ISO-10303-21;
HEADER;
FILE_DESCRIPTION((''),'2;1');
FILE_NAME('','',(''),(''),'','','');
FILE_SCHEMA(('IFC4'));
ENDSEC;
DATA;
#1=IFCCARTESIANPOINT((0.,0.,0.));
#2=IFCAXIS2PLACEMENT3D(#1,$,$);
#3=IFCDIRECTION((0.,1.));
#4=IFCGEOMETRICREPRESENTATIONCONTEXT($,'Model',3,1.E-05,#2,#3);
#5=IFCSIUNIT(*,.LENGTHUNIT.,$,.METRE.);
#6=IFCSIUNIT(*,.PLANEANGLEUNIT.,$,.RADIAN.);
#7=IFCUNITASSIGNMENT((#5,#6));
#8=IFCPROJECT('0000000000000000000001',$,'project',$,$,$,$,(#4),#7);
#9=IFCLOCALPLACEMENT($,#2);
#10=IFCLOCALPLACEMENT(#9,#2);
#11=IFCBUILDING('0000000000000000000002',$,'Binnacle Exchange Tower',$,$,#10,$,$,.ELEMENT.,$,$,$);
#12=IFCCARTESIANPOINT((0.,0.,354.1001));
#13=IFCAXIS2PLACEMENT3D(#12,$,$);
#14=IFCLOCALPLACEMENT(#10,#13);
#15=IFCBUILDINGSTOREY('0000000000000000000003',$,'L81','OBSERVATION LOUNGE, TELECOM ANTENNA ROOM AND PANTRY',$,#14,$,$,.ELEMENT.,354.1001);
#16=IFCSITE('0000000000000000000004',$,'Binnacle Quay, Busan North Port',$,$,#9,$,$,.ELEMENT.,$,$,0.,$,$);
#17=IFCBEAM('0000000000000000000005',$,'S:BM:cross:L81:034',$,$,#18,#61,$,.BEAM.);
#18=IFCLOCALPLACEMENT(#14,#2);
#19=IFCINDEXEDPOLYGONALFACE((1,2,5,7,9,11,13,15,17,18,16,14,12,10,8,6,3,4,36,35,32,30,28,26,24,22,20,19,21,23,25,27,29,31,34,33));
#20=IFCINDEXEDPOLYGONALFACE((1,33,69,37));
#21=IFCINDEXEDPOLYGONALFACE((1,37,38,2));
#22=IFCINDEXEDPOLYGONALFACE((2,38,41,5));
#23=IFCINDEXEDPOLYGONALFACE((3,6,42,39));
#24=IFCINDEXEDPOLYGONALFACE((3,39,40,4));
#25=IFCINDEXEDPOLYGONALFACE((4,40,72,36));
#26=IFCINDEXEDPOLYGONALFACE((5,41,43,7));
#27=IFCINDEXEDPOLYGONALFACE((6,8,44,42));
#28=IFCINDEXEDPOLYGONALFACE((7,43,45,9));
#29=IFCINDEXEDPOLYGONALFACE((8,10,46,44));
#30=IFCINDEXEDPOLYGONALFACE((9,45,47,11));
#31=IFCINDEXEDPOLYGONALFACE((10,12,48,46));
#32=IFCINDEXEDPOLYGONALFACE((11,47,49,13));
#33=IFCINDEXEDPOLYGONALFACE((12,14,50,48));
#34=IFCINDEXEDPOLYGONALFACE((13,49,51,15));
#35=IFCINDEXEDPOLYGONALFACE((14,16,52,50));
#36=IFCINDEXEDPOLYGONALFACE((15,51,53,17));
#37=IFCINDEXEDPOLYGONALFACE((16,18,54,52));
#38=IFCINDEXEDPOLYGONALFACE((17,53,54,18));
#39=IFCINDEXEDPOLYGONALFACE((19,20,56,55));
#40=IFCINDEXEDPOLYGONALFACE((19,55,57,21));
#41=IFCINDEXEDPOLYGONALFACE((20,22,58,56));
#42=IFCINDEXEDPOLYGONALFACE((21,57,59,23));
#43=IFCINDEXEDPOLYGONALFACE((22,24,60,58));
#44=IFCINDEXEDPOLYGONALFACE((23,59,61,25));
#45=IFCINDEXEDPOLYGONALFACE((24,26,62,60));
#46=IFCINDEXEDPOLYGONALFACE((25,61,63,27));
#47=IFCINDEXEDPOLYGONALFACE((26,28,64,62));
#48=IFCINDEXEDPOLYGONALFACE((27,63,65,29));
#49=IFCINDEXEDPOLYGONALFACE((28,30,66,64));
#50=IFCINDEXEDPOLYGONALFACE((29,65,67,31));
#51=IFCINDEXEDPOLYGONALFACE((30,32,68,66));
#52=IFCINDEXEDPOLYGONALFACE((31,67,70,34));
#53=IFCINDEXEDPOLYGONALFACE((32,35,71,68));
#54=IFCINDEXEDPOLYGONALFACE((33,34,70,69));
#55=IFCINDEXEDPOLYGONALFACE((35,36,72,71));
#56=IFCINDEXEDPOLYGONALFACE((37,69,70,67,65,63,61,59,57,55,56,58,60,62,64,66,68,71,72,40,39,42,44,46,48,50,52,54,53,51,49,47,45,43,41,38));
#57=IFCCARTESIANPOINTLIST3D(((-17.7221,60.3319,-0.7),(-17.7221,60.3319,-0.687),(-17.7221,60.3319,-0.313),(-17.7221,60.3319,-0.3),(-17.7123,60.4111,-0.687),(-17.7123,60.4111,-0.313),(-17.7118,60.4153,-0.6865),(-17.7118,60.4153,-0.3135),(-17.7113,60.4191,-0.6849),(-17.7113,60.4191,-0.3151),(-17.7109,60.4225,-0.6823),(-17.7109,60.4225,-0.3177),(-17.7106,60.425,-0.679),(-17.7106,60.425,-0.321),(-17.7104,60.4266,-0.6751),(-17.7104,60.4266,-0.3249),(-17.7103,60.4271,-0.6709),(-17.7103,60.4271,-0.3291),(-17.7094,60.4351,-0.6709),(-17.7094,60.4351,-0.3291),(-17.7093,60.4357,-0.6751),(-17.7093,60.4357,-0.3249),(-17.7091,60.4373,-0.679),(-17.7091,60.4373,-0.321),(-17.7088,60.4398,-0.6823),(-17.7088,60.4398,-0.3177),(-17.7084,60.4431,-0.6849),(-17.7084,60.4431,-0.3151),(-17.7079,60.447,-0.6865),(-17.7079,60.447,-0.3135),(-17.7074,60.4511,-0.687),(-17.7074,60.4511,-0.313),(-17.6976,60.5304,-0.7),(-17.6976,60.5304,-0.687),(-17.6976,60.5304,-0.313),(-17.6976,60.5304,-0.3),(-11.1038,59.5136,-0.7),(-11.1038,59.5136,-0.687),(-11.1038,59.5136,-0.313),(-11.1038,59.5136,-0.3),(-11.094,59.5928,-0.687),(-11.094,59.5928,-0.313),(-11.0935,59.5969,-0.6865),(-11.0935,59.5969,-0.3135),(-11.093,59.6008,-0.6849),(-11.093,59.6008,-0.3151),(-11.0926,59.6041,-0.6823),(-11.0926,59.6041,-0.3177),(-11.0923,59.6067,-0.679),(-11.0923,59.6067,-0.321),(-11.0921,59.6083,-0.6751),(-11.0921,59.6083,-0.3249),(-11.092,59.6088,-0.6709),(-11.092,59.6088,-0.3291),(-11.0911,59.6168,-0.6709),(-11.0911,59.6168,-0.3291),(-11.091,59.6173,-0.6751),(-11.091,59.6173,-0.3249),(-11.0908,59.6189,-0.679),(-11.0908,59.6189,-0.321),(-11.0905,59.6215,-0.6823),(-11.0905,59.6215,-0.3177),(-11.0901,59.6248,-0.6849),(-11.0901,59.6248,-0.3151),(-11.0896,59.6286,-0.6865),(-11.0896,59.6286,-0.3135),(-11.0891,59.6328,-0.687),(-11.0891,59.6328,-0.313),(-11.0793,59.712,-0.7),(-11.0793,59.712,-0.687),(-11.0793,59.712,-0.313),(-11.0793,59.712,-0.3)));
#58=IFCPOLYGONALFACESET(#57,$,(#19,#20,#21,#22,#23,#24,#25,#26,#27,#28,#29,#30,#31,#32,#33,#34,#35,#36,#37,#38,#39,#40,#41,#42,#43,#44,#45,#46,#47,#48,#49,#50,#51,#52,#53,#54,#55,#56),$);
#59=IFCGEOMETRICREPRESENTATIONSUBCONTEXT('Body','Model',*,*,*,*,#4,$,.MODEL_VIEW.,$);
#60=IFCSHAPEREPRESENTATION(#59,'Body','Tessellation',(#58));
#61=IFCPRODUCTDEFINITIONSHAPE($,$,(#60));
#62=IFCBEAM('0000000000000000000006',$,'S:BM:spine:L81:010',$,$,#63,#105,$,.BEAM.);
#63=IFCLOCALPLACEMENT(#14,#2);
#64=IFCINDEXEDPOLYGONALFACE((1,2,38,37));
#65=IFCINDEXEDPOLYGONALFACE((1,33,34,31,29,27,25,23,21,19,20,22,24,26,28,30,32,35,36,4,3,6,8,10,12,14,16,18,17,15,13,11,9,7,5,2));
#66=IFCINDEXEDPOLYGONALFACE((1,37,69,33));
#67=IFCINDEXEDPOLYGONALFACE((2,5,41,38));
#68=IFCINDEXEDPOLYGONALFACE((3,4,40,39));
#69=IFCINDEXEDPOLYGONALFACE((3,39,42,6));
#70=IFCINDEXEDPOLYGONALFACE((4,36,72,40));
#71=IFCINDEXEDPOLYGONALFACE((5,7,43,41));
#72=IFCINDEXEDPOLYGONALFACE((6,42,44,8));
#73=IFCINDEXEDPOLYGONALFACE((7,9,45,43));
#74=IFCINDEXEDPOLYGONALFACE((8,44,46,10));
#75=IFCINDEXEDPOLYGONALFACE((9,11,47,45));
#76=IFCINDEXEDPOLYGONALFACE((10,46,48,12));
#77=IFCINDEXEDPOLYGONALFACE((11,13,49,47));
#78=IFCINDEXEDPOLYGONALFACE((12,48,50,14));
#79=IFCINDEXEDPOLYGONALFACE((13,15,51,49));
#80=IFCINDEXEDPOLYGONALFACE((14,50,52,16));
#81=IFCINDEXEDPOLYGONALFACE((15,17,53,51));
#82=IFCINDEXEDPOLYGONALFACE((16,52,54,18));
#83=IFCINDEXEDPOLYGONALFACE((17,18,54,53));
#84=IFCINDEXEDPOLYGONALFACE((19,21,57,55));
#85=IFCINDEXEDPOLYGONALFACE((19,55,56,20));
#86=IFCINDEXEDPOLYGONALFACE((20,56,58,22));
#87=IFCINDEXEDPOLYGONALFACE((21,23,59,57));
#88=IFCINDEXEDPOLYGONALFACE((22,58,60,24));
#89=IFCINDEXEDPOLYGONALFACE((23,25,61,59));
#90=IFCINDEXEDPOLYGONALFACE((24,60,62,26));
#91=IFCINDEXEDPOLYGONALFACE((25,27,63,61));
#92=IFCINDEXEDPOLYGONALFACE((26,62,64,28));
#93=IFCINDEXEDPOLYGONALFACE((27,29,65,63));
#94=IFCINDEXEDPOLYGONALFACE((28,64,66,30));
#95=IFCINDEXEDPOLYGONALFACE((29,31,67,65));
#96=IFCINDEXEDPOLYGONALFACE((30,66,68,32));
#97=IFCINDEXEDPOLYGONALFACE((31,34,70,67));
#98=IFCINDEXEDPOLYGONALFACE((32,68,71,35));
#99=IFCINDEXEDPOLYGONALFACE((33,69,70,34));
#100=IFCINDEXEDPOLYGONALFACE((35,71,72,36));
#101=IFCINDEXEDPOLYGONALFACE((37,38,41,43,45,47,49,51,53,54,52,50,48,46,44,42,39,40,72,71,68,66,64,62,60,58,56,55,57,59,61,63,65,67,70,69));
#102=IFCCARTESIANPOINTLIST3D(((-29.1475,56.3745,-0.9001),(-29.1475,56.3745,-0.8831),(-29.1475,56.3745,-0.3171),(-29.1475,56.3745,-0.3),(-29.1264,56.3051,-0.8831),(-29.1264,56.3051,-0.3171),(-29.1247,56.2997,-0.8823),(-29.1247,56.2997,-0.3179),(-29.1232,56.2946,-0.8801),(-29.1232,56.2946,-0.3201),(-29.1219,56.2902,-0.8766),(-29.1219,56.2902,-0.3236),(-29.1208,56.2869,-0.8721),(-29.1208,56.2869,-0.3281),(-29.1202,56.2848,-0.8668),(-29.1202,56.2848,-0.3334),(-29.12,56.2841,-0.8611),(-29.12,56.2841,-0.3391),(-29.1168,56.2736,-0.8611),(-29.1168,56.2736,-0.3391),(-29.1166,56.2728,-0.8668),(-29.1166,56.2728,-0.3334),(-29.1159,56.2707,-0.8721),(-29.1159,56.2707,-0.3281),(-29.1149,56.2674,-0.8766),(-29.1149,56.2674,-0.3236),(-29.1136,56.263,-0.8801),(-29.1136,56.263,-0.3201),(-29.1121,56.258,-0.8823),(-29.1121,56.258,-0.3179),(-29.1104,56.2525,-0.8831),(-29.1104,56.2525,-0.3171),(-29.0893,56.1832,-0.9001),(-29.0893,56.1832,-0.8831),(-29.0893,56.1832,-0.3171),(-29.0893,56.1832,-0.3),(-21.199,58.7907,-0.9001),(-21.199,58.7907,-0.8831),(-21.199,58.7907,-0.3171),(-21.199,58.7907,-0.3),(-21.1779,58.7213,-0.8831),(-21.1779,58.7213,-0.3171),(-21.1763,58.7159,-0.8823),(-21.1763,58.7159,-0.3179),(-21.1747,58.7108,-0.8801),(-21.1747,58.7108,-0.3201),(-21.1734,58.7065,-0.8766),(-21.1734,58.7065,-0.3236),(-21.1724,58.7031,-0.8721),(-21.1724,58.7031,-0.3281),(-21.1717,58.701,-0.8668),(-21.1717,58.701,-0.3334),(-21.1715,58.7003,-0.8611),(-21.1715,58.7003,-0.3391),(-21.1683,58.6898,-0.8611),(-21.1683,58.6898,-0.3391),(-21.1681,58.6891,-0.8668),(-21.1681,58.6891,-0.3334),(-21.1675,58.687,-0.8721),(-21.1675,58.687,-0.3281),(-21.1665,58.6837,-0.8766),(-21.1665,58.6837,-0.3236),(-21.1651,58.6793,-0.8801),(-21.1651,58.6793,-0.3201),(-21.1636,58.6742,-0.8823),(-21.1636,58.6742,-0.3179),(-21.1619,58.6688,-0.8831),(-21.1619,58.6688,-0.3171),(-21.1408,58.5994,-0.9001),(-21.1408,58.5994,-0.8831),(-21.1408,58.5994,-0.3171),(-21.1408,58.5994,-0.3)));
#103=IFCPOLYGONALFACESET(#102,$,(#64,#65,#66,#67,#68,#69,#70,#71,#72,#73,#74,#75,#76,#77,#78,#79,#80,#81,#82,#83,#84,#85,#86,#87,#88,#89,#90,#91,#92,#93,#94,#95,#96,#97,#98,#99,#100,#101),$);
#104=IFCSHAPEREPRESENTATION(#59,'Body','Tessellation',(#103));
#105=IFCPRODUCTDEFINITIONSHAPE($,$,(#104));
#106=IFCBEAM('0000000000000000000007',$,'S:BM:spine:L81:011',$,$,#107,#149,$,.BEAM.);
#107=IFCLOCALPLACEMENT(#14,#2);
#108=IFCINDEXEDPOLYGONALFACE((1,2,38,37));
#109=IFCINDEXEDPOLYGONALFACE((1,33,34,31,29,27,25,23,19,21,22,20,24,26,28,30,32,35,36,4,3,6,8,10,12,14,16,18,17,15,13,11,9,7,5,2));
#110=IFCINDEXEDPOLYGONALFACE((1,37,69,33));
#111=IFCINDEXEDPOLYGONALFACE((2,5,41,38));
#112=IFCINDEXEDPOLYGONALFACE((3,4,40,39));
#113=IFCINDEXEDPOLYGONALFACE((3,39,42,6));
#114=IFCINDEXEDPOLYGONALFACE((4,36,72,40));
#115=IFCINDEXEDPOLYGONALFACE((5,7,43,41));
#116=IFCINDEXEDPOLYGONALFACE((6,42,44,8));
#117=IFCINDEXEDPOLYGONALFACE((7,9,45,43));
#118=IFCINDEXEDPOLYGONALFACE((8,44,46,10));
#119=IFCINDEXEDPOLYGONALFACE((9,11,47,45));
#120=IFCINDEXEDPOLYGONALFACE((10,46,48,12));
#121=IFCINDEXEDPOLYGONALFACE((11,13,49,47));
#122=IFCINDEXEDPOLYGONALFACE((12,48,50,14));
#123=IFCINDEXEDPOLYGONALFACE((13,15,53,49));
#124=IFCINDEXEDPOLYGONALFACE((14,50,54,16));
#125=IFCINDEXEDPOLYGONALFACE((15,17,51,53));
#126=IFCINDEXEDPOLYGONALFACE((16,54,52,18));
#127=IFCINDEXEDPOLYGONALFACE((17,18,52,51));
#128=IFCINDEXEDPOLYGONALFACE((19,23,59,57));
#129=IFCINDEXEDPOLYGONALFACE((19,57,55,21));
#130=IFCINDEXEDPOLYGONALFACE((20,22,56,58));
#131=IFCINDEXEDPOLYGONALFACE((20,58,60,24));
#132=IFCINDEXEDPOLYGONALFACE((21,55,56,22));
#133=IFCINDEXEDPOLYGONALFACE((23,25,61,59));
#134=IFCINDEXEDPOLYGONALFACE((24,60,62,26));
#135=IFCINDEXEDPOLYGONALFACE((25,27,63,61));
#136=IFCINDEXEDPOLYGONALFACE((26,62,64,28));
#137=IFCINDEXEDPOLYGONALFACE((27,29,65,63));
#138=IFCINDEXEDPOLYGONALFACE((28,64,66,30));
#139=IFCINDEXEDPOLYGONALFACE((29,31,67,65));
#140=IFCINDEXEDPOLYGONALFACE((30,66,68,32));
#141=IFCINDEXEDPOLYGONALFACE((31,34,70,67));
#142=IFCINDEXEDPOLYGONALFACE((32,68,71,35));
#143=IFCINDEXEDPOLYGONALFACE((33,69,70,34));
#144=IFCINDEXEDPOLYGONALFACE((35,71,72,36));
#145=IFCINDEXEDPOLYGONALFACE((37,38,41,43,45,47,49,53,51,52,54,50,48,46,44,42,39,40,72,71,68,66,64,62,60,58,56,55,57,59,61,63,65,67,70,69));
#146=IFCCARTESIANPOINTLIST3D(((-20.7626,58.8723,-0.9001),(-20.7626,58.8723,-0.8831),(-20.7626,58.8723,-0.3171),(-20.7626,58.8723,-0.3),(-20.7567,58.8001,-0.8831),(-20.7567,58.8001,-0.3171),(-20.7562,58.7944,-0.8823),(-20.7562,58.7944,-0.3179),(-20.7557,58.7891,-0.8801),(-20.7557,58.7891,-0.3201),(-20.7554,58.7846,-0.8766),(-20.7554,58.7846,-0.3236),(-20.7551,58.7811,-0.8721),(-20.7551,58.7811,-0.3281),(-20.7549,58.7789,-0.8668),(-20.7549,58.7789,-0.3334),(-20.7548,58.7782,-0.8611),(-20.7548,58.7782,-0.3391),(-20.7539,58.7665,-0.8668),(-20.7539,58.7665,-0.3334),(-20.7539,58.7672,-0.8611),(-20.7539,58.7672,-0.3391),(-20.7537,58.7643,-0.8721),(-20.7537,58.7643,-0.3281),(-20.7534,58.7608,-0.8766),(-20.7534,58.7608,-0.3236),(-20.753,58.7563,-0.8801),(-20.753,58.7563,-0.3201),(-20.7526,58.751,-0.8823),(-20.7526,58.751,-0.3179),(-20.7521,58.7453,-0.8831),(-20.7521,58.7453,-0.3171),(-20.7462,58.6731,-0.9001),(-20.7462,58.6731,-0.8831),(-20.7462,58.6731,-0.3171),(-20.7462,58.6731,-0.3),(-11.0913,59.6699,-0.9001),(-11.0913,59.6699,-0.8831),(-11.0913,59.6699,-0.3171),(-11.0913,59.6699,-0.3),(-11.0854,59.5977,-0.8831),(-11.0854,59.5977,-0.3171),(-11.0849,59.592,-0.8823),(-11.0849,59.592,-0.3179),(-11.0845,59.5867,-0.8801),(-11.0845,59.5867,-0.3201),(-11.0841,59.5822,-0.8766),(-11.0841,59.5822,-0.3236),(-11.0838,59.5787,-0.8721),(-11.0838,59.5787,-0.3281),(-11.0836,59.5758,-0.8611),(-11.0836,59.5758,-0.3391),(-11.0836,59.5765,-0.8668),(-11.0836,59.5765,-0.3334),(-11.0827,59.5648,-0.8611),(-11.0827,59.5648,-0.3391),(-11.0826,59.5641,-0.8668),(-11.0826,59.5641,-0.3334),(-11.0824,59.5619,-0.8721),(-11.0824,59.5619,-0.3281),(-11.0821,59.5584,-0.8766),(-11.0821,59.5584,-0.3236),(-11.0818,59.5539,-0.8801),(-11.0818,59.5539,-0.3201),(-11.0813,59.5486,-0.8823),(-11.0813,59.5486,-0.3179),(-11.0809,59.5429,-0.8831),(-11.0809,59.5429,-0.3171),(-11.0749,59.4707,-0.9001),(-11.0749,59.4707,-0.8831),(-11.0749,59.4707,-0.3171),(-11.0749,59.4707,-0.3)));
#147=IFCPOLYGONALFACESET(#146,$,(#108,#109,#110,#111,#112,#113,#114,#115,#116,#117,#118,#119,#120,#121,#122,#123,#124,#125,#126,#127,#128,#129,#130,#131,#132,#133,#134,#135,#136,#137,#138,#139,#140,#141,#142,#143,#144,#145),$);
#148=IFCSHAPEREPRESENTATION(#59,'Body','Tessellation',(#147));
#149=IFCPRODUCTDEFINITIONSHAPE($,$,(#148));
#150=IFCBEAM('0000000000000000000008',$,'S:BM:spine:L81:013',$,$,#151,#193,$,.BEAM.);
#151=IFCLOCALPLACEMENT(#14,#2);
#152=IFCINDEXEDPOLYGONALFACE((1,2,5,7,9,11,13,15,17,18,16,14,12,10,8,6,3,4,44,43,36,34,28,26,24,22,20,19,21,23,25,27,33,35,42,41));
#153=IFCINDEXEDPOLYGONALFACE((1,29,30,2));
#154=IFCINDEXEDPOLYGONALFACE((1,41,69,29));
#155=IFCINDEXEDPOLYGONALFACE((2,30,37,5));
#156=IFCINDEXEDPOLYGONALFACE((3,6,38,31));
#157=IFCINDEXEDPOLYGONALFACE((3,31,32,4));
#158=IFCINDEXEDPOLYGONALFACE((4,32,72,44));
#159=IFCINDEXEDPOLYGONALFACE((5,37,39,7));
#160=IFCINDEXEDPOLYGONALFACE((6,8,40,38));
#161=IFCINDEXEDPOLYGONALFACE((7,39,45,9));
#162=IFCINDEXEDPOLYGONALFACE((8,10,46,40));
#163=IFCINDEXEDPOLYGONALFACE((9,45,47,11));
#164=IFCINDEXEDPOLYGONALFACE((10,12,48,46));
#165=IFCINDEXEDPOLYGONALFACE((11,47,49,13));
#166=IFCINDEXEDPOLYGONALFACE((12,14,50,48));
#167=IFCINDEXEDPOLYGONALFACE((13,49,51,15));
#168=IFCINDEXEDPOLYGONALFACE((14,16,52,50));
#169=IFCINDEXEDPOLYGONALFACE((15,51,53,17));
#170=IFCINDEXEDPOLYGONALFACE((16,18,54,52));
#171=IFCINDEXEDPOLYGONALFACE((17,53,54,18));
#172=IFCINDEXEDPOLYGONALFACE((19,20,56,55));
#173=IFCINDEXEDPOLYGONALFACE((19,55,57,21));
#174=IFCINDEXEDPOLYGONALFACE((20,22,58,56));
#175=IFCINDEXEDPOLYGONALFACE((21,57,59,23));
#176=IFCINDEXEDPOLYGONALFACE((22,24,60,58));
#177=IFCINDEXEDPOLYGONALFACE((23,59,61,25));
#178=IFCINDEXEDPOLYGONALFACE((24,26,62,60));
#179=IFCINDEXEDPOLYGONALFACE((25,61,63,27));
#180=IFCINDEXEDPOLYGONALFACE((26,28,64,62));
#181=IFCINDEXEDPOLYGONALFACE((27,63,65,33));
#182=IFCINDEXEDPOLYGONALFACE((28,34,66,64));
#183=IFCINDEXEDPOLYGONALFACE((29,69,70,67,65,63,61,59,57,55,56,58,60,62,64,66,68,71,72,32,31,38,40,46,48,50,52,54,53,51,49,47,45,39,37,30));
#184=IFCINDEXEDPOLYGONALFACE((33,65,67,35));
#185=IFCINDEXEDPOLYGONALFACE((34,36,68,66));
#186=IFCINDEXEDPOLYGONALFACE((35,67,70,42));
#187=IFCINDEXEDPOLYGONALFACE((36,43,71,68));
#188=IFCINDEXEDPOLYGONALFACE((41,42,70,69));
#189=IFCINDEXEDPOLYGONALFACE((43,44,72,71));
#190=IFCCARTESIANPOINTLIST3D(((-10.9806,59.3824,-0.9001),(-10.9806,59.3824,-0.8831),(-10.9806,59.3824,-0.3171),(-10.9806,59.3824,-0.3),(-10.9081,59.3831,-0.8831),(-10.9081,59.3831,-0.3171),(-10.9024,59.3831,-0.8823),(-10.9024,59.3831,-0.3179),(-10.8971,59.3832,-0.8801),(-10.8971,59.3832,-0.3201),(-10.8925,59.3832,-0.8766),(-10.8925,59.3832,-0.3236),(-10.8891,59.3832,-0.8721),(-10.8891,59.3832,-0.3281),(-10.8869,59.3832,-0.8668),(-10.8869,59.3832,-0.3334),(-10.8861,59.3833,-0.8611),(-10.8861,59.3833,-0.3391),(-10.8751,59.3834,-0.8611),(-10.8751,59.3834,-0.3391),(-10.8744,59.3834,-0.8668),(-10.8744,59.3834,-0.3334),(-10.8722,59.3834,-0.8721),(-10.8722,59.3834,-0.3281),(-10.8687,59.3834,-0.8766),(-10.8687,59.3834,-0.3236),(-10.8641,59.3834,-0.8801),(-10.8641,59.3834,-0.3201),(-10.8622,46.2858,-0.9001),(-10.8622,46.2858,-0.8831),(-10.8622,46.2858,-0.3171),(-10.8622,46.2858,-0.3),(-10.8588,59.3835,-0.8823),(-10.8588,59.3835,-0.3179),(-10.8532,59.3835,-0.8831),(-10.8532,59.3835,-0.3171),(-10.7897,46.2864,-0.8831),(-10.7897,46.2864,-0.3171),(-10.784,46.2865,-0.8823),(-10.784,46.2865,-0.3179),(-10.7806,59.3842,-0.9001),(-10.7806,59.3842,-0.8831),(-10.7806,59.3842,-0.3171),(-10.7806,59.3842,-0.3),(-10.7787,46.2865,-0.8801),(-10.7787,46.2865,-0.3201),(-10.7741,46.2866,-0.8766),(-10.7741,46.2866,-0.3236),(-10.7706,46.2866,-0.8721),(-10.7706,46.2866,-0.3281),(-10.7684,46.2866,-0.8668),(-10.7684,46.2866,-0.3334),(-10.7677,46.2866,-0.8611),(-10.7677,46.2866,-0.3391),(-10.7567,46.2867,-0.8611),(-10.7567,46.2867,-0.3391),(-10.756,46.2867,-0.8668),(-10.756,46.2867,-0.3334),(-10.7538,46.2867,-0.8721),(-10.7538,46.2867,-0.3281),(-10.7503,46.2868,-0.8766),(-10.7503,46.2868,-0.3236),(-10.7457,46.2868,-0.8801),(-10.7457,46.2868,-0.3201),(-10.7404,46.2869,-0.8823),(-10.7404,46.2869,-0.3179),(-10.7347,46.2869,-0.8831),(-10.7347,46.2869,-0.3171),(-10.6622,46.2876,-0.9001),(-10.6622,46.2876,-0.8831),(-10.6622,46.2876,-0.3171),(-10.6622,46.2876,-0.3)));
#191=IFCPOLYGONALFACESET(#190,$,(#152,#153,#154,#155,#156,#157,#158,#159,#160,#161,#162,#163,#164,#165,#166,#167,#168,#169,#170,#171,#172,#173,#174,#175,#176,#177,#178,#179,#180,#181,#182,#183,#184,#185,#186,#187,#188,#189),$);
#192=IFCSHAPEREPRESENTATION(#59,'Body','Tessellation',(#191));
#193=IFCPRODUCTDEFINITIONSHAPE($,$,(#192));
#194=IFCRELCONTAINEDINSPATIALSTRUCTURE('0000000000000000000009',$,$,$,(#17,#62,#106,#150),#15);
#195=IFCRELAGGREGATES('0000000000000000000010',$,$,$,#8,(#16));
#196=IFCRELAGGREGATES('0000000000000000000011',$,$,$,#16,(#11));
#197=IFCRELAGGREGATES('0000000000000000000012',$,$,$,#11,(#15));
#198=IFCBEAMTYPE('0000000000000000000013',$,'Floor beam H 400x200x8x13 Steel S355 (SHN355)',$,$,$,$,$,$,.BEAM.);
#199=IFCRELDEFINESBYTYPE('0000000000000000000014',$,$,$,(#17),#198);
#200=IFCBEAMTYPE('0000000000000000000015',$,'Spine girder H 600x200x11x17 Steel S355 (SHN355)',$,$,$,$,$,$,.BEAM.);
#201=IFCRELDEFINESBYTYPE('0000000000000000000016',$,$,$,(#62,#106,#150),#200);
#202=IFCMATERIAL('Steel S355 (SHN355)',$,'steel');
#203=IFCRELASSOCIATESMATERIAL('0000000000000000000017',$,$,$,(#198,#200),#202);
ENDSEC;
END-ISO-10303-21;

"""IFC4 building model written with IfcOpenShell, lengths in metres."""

from ifc_helpers import new_model, si_unit, direction, frame, origin, origin_2d, place, context, subcontext, project, spatial, i_section, extrude, material, material_profile, profile_set, type_object, element, save


model = new_model("IFC4")

# Units and contexts
model_context = context("Model", 3, precision=1e-05, world=origin(), true_north=direction((0.0, 1.0)))
body_context = subcontext(model_context, "Body", "Model", "MODEL_VIEW")
ifc_project = project(units=[si_unit("LENGTHUNIT", "METRE"), si_unit("PLANEANGLEUNIT", "RADIAN")], contexts=[model_context])

# Site, building, storey
site_placement = place(None, origin())
site = spatial("IfcSite", under=ifc_project, at=site_placement, Name="Binnacle Quay, Busan North Port", CompositionType="ELEMENT", RefElevation=0.0)
building_placement = place(site_placement, origin())
building = spatial("IfcBuilding", under=site, at=building_placement, Name="Binnacle Exchange Tower", CompositionType="ELEMENT")
storey_placement = place(building_placement, frame((0.0, 0.0, 354.1001)))
storey = spatial("IfcBuildingStorey", under=building, at=storey_placement, Name="L81", Description="OBSERVATION LOUNGE, TELECOM ANTENNA ROOM AND PANTRY", CompositionType="ELEMENT", Elevation=354.1001)

# Shared definitions
ifc_material_1 = material(Name="Steel S355 (SHN355)", Category="steel")

# Beams
ifc_material_profile_1 = material_profile(ifc_material_1, i_section(OverallWidth=0.2, OverallDepth=0.3999, WebThickness=0.0081, FlangeThickness=0.0129, FilletRadius=0.0161, at=origin_2d()), Name="H 400x200x8x13")
ifc_profile_set_1 = profile_set([ifc_material_profile_1], Name="Steel S355 (SHN355)")
beam_type_1 = type_object("IfcBeamType", Name="Floor beam H 400x200x8x13 Steel S355 (SHN355)", PredefinedType="BEAM", material=ifc_profile_set_1)
beam_1_placement = place(storey_placement, frame((-11.0916, 59.6128, -0.5), z_axis=(-0.992442, 0.122714, 0.0), x_axis=(-0.122714, -0.992442, 0.0)))
element("IfcBeam", 1, at=beam_1_placement, inside=storey, type_object=beam_type_1, Name="S:BM:cross:L81:034", PredefinedType="BEAM", context=body_context, shape_type="SweptSolid", body=[
    extrude(i_section(OverallWidth=0.2, OverallDepth=0.3999, WebThickness=0.0081, FlangeThickness=0.0129, FilletRadius=0.0161, at=origin_2d()), origin(), (0.0, 0.0, 1.0), 6.6687),
])
ifc_material_profile_2 = material_profile(ifc_material_1, i_section(OverallWidth=0.2, OverallDepth=0.6001, WebThickness=0.011, FlangeThickness=0.0171, FilletRadius=0.022, at=origin_2d()), Name="H 600x200x11x17")
ifc_profile_set_2 = profile_set([ifc_material_profile_2], Name="Steel S355 (SHN355)")
beam_type_2 = type_object("IfcBeamType", Name="Spine girder H 600x200x11x17 Steel S355 (SHN355)", PredefinedType="BEAM", material=ifc_profile_set_2)
beam_2_placement = place(storey_placement, frame((-21.1699, 58.6951, -0.6001), z_axis=(-0.956769, -0.290848, 0.0), x_axis=(0.290848, -0.956769, 0.0)))
element("IfcBeam", 2, at=beam_2_placement, inside=storey, type_object=beam_type_2, Name="S:BM:spine:L81:010", PredefinedType="BEAM", context=body_context, shape_type="SweptSolid", body=[
    extrude(i_section(OverallWidth=0.2, OverallDepth=0.6001, WebThickness=0.011, FlangeThickness=0.0171, FilletRadius=0.022, at=origin_2d()), origin(), (0.0, 0.0, 1.0), 8.3076),
])
beam_3_placement = place(storey_placement, frame((-20.7544, 58.7727, -0.6001), z_axis=(0.996617, 0.082192, 0.0), x_axis=(-0.082192, 0.996617, 0.0)))
element("IfcBeam", 3, at=beam_3_placement, inside=storey, type_object=beam_type_2, Name="S:BM:spine:L81:011", PredefinedType="BEAM", context=body_context, shape_type="SweptSolid", body=[
    extrude(i_section(OverallWidth=0.2, OverallDepth=0.6001, WebThickness=0.011, FlangeThickness=0.0171, FilletRadius=0.022, at=origin_2d()), origin(), (0.0, 0.0, 1.0), 9.7041),
])
beam_4_placement = place(storey_placement, frame((-10.8806, 59.3833, -0.6001), z_axis=(0.009041, -0.999959, 0.0), x_axis=(0.999959, 0.009041, 0.0)))
element("IfcBeam", 4, at=beam_4_placement, inside=storey, type_object=beam_type_2, Name="S:BM:spine:L81:013", PredefinedType="BEAM", context=body_context, shape_type="SweptSolid", body=[
    extrude(i_section(OverallWidth=0.2, OverallDepth=0.6001, WebThickness=0.011, FlangeThickness=0.0171, FilletRadius=0.022, at=origin_2d()), origin(), (0.0, 0.0, 1.0), 13.0972),
])

save(model, "model.ifc")
